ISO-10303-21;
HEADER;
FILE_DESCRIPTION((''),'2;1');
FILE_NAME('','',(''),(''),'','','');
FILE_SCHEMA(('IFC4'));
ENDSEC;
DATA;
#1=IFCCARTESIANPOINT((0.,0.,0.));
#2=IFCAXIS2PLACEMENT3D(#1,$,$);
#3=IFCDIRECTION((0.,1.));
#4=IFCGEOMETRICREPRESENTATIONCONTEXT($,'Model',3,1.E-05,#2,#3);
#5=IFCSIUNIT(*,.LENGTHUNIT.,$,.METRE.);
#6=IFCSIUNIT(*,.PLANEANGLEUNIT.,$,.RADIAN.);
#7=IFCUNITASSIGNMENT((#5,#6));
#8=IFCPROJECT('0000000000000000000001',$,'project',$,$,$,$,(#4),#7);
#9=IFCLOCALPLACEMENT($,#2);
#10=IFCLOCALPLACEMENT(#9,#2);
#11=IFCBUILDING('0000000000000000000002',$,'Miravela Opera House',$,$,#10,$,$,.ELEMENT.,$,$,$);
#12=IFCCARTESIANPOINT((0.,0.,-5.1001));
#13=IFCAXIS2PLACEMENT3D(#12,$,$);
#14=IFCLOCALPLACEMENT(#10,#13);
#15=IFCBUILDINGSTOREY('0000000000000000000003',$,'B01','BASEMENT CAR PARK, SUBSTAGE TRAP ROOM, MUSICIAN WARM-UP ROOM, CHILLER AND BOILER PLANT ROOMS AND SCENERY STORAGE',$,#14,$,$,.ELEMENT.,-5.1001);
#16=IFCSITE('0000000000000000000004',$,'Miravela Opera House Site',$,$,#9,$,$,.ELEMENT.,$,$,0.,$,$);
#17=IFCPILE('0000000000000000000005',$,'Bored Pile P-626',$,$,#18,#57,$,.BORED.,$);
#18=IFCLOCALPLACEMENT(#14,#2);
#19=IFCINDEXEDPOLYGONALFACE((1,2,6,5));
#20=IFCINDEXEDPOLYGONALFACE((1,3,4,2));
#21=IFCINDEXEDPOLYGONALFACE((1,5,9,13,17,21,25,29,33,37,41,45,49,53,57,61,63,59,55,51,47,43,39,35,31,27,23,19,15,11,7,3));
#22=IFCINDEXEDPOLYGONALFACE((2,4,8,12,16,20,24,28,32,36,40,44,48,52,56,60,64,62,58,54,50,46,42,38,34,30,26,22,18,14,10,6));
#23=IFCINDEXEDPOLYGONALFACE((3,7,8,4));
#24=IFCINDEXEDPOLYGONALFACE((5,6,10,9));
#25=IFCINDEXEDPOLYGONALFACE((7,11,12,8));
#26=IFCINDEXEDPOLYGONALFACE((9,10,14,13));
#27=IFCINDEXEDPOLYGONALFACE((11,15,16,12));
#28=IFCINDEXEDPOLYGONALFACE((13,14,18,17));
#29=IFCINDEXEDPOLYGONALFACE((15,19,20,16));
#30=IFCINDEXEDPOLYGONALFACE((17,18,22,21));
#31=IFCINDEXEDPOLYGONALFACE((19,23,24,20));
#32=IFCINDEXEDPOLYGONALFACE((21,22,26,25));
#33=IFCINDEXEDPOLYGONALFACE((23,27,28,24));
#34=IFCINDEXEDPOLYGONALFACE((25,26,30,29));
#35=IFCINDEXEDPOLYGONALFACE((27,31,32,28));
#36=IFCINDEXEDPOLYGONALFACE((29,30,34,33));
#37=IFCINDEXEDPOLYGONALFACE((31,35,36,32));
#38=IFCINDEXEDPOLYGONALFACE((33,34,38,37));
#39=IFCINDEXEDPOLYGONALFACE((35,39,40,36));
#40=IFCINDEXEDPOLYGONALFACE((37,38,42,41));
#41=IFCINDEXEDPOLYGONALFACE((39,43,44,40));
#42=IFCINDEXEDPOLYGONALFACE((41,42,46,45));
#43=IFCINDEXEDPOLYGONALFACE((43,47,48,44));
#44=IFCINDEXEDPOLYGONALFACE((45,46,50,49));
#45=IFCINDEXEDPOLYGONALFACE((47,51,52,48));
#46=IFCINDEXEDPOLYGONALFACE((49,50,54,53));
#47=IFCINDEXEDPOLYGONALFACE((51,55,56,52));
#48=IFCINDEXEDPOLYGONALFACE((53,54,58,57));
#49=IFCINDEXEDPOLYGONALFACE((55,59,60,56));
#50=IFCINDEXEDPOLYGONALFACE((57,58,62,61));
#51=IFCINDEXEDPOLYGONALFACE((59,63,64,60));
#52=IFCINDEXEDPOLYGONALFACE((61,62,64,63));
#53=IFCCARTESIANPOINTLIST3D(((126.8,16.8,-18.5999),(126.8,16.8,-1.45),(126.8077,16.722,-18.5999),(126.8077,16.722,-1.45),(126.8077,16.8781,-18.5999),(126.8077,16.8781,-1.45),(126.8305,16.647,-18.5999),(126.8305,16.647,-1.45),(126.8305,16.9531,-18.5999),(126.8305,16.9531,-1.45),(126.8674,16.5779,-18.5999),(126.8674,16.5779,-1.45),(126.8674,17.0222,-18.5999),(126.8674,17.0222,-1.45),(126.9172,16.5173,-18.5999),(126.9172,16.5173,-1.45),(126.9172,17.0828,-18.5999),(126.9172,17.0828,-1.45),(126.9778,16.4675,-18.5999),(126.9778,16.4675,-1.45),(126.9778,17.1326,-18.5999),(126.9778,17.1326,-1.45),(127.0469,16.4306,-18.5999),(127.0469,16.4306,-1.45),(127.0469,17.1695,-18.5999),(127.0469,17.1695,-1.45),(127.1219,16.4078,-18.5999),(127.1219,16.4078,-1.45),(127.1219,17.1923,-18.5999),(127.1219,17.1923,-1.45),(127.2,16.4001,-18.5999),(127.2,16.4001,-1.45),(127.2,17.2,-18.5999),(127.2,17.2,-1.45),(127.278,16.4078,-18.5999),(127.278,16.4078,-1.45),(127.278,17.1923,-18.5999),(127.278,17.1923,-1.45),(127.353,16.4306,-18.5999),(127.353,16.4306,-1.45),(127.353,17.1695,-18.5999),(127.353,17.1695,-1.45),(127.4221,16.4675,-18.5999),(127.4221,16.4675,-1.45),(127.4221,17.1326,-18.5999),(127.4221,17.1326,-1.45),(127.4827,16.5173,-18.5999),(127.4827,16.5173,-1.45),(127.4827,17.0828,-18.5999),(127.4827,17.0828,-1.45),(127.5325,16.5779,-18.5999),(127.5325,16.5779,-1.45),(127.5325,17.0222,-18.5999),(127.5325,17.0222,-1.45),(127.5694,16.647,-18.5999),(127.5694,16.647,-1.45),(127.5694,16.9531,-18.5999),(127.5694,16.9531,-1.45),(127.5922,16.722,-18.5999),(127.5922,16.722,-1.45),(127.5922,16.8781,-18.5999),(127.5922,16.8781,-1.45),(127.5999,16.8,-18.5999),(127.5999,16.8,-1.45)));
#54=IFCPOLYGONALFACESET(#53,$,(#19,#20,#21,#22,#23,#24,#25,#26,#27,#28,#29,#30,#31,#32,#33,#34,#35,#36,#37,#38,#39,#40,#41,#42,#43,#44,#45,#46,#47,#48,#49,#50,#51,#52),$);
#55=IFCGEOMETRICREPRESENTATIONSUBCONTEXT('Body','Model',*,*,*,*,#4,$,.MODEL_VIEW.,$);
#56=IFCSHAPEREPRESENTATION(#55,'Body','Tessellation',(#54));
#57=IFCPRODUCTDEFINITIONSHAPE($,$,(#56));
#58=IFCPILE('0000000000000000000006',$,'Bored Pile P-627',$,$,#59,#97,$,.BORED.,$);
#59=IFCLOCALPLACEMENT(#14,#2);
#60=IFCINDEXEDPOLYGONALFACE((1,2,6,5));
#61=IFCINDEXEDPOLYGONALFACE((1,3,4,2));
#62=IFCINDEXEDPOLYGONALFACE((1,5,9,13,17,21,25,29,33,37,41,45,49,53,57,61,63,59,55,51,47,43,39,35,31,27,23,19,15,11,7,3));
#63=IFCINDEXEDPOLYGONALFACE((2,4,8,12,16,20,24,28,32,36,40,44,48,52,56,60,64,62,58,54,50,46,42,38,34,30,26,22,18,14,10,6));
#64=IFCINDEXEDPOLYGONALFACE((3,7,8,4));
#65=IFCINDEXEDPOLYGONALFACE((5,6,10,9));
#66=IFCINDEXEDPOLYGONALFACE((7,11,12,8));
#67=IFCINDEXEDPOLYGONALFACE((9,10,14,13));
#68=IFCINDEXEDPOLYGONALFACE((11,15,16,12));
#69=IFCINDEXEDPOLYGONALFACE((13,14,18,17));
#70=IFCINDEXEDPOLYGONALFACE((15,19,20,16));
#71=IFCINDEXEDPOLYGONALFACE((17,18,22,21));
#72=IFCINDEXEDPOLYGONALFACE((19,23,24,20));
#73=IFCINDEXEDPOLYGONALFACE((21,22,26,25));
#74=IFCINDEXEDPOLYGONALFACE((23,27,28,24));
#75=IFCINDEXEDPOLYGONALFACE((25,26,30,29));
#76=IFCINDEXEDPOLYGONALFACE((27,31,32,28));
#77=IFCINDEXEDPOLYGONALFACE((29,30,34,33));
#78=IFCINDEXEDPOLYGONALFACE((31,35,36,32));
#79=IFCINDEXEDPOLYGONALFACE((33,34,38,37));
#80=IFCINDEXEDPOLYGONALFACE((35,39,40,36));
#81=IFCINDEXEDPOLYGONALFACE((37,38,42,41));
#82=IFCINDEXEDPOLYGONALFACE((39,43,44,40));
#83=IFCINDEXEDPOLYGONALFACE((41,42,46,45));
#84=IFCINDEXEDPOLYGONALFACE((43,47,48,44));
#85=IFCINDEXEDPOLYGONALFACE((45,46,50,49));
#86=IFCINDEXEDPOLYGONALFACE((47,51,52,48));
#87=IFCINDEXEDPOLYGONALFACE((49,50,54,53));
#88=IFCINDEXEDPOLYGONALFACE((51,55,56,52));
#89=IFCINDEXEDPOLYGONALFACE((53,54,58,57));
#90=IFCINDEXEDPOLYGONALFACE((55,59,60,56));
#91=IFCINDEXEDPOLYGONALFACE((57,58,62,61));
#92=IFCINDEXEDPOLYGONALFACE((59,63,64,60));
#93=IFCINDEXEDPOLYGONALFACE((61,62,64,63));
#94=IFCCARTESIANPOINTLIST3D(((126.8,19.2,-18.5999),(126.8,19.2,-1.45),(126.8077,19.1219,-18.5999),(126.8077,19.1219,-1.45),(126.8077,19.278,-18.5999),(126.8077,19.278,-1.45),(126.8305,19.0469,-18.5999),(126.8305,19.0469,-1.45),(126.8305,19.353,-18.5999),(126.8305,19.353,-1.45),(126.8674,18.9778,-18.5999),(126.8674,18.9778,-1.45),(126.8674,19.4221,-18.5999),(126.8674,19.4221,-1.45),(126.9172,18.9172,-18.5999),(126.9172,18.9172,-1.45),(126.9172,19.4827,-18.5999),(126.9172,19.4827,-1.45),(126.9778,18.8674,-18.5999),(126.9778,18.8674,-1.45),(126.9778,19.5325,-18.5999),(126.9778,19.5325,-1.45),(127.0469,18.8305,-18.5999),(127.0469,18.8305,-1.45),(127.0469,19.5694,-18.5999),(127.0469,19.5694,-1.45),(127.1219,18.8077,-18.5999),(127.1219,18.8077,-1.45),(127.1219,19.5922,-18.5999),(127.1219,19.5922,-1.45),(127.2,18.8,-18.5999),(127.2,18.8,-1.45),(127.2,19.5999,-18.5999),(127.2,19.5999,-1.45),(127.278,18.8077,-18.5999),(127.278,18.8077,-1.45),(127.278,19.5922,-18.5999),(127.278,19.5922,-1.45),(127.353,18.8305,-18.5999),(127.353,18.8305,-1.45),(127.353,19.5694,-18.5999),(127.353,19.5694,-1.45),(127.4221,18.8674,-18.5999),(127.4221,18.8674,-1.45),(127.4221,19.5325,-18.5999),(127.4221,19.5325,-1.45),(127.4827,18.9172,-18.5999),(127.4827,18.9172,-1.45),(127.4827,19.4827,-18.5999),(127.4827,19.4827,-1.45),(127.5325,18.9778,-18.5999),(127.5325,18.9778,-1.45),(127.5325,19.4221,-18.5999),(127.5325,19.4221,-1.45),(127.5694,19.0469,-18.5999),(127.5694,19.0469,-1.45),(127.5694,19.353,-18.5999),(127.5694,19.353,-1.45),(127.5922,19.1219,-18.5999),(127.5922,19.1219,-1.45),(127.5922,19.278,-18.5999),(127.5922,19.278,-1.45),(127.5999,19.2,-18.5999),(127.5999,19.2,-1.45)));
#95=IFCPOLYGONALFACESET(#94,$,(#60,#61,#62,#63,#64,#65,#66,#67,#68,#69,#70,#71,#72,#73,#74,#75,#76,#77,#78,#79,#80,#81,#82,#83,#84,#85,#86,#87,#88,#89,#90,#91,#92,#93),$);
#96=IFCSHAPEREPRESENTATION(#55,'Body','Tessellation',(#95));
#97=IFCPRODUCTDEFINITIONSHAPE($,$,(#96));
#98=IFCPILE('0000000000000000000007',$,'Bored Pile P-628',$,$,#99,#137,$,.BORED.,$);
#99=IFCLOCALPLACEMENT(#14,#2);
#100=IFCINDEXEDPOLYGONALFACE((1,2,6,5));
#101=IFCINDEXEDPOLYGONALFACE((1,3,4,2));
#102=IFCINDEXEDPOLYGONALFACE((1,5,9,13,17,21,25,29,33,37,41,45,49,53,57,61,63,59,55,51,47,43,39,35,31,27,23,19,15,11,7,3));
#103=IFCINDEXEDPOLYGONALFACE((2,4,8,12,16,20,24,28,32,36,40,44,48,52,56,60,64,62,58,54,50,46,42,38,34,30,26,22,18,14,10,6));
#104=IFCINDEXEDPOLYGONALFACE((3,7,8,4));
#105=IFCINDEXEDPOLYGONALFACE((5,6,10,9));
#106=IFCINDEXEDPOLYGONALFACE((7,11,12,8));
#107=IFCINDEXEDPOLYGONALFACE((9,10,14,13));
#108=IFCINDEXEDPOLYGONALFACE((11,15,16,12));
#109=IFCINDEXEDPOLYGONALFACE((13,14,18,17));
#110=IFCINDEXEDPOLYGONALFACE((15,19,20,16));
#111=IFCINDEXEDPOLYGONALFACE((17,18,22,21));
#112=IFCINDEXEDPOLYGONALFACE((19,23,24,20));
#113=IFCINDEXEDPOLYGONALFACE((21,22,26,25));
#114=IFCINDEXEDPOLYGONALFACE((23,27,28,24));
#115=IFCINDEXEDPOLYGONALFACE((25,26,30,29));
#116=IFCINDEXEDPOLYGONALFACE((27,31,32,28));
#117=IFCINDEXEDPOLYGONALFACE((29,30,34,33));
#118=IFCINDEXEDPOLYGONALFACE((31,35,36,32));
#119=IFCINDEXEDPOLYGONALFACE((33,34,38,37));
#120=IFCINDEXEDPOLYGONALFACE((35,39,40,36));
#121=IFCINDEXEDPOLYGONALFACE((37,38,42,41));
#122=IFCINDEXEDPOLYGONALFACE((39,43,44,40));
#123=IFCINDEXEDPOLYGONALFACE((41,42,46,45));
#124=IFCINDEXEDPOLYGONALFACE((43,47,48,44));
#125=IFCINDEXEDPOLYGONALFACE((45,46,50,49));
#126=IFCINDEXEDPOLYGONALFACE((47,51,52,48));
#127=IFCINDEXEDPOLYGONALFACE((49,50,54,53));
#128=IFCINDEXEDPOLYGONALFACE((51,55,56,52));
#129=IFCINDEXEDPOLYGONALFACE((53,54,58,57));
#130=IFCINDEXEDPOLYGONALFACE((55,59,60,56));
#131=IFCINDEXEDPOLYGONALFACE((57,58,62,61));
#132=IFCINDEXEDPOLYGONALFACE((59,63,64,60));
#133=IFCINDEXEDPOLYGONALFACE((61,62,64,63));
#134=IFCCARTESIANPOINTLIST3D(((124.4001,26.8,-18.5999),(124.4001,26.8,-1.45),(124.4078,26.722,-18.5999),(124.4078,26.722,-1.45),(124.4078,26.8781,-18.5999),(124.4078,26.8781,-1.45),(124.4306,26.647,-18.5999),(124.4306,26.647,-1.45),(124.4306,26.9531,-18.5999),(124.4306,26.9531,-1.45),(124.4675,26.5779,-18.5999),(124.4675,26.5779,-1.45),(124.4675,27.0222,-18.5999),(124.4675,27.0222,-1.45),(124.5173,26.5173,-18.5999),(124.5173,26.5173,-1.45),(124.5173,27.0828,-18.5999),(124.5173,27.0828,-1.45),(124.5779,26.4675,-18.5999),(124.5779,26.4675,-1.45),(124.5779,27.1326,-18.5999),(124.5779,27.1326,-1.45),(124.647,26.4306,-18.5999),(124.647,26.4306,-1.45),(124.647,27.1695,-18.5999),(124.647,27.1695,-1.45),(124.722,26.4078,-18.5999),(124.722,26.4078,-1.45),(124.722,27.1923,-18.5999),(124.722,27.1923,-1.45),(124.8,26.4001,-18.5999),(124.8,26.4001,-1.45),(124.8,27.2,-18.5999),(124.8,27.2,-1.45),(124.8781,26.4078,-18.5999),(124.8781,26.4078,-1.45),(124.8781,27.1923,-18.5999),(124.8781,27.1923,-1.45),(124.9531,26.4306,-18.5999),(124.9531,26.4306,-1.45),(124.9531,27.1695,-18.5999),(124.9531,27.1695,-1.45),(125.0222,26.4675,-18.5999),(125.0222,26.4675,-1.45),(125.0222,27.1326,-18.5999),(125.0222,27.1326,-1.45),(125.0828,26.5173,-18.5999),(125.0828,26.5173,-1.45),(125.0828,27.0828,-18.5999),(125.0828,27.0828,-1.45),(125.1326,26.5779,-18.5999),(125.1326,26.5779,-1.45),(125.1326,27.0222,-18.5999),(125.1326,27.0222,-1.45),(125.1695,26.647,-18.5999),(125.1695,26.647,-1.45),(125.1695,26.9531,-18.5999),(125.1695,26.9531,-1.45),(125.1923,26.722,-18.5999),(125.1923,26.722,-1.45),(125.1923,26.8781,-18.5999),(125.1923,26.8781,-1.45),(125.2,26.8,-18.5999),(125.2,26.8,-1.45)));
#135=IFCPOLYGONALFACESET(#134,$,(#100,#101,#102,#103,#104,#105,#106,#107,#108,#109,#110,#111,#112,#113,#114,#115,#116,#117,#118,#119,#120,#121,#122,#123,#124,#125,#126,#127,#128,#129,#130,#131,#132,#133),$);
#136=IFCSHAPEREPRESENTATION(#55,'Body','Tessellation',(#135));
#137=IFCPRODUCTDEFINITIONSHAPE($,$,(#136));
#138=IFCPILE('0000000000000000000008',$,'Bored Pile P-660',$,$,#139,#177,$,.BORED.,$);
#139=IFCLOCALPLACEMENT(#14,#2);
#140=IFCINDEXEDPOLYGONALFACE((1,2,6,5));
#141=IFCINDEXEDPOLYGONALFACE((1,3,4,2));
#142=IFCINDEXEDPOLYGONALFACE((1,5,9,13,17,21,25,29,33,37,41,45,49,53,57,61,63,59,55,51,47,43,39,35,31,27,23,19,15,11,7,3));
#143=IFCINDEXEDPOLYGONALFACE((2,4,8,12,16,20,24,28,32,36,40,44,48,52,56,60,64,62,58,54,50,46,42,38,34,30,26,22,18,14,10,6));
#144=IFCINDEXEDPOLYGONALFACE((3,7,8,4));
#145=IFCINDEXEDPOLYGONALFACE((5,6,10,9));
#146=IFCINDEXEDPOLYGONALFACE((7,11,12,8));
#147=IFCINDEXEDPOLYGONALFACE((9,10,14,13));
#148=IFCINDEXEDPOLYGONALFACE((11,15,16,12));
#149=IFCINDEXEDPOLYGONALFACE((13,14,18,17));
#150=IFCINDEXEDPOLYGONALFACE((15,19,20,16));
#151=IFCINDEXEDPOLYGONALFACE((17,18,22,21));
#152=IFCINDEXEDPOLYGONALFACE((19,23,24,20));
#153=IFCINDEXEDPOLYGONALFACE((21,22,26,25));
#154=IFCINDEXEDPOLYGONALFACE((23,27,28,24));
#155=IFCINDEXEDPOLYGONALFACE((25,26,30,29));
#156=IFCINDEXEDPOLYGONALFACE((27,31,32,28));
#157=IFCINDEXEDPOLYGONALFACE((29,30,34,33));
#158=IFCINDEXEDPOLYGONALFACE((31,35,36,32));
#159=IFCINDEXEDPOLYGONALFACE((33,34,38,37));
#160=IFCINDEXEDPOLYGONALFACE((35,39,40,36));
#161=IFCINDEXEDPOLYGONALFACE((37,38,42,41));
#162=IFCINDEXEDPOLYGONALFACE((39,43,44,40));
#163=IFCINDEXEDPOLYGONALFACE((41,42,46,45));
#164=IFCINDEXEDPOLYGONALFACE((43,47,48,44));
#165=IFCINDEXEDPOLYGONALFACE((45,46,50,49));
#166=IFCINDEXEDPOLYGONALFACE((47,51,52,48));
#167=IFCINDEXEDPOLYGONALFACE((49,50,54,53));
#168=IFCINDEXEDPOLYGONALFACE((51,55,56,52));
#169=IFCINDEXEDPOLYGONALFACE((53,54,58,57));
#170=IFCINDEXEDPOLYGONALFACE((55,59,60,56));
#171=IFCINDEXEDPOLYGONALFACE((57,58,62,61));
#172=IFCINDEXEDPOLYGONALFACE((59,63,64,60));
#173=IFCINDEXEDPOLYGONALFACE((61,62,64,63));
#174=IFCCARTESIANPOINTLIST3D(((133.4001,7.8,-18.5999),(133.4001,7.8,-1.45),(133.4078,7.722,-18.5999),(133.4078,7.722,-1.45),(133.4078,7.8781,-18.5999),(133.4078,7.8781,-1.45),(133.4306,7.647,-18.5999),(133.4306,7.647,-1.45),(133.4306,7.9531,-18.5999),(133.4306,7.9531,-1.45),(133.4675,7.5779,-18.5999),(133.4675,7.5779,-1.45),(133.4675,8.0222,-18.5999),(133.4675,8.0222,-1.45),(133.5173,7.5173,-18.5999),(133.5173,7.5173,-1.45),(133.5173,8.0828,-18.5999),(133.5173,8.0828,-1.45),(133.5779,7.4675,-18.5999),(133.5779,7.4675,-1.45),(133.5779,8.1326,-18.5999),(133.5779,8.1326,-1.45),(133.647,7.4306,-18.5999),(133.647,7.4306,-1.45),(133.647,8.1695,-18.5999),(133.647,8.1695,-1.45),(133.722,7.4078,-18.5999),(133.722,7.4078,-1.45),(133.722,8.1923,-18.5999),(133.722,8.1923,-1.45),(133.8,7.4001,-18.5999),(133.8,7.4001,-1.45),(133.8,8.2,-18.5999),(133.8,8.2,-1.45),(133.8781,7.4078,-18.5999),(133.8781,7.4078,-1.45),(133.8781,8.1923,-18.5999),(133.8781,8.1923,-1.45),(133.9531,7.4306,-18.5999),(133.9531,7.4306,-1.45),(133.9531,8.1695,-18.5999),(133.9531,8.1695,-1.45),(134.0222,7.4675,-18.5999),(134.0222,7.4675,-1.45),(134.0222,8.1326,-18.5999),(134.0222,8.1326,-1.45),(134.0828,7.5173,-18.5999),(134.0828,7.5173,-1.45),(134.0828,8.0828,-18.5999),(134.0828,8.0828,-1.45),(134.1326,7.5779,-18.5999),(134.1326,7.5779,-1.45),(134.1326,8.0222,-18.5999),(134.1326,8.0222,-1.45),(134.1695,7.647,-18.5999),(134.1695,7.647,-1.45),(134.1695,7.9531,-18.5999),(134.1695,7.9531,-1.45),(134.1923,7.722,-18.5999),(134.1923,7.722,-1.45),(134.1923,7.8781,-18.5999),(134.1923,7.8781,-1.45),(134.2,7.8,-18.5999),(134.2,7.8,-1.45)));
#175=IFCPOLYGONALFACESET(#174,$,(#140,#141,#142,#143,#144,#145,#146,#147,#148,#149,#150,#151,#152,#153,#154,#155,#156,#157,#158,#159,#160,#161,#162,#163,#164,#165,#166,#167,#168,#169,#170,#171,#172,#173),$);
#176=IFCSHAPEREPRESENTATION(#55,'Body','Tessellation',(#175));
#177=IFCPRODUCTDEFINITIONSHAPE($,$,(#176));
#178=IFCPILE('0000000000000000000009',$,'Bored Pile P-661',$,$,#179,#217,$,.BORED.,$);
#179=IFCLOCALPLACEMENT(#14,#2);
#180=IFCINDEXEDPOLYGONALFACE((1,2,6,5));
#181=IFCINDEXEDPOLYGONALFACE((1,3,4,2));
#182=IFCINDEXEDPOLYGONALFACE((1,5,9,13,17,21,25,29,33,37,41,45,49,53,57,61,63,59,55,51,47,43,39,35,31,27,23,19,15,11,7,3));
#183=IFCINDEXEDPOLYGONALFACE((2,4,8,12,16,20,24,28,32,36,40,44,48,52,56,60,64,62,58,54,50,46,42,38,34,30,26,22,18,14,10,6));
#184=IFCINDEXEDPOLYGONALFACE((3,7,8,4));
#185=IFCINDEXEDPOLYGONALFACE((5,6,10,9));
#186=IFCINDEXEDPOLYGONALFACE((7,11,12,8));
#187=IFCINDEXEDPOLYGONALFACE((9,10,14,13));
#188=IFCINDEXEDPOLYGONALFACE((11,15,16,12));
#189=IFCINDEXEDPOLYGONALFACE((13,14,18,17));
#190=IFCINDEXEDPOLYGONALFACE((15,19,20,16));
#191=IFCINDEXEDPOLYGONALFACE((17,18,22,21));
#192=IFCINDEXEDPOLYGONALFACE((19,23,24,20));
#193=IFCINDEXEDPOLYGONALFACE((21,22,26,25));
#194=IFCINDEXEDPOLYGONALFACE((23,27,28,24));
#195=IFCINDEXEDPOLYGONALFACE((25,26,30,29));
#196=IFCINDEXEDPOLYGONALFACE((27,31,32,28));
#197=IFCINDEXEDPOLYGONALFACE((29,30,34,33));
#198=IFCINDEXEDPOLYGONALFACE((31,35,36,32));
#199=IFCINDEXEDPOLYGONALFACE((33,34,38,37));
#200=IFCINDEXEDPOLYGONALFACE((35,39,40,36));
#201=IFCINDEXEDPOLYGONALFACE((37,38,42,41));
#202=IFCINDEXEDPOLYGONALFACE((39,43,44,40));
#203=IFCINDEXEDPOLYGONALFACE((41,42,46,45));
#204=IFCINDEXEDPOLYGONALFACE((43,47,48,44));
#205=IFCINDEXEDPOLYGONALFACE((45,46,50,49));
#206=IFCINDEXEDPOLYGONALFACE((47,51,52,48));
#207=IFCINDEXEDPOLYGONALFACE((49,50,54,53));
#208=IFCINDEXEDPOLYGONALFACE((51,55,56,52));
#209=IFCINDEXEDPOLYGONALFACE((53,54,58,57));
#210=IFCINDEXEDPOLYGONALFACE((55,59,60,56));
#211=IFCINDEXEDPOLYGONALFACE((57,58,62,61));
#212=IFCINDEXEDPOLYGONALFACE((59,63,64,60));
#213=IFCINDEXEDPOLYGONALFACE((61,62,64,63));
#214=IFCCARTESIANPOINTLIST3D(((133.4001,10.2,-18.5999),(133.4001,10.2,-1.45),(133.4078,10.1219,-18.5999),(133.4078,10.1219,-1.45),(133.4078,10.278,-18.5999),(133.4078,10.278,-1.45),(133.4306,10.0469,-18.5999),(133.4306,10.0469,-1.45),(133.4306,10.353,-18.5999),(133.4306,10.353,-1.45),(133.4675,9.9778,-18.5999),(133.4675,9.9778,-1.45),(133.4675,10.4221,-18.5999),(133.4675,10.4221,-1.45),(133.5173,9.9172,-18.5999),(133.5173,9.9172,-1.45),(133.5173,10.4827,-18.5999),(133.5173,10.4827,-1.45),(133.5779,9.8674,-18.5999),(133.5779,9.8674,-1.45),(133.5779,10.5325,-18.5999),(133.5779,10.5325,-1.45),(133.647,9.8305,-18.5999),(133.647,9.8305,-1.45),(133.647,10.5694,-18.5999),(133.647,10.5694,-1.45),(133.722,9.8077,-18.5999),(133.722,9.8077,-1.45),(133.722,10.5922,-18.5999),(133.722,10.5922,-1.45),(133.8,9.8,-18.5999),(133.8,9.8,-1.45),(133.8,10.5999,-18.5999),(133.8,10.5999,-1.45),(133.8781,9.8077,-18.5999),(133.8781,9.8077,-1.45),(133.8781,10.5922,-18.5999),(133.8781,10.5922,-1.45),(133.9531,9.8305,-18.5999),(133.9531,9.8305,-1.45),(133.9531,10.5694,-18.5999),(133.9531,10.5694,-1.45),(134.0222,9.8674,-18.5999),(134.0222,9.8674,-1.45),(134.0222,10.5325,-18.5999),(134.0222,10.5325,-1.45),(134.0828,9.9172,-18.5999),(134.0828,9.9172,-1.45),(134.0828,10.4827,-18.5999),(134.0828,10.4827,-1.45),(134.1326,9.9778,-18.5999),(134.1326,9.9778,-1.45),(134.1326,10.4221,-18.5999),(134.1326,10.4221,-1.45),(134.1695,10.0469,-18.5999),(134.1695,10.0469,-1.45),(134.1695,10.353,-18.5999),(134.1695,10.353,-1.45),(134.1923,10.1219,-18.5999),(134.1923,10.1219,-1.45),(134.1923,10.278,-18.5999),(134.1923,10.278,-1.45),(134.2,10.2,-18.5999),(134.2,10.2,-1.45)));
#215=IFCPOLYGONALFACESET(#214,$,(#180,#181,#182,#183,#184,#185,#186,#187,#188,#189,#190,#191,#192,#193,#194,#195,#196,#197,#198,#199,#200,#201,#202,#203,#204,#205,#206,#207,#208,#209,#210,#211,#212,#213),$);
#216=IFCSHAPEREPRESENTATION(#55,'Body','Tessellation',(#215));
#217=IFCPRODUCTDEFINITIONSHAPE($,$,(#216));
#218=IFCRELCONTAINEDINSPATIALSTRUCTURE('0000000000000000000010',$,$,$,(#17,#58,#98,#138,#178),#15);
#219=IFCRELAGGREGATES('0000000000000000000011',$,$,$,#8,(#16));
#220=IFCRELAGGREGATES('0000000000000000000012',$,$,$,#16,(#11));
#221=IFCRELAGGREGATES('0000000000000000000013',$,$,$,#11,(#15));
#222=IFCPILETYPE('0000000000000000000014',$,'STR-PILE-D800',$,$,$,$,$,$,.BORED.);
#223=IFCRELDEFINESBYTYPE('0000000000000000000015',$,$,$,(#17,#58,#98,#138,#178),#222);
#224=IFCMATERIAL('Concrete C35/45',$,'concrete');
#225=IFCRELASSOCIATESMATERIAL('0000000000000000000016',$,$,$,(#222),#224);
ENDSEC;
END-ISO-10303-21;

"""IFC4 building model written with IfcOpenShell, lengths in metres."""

from ifc_helpers import new_model, si_unit, direction, frame, origin, origin_2d, place, context, subcontext, project, spatial, circle, extrude, material, material_profile, profile_set, type_object, element, save


model = new_model("IFC4")

# Units and contexts
model_context = context("Model", 3, precision=1e-05, world=origin(), true_north=direction((0.0, 1.0)))
body_context = subcontext(model_context, "Body", "Model", "MODEL_VIEW")
ifc_project = project(units=[si_unit("LENGTHUNIT", "METRE"), si_unit("PLANEANGLEUNIT", "RADIAN")], contexts=[model_context])

# Site, building, storey
site_placement = place(None, origin())
site = spatial("IfcSite", under=ifc_project, at=site_placement, Name="Miravela Opera House Site", CompositionType="ELEMENT", RefElevation=0.0)
building_placement = place(site_placement, origin())
building = spatial("IfcBuilding", under=site, at=building_placement, Name="Miravela Opera House", CompositionType="ELEMENT")
storey_placement = place(building_placement, frame((0.0, 0.0, -5.1001)))
storey = spatial("IfcBuildingStorey", under=building, at=storey_placement, Name="B01", Description="BASEMENT CAR PARK, SUBSTAGE TRAP ROOM, MUSICIAN WARM-UP ROOM, CHILLER AND BOILER PLANT ROOMS AND SCENERY STORAGE", CompositionType="ELEMENT", Elevation=-5.1001)

# Shared definitions
ifc_material_1 = material(Name="Concrete C35/45", Category="concrete")

# Piles
ifc_material_profile_1 = material_profile(ifc_material_1, circle(Radius=0.3999, at=origin_2d()), Name="PILE-D800")
ifc_profile_set_1 = profile_set([ifc_material_profile_1])
pile_type_1 = type_object("IfcPileType", Name="STR-PILE-D800", PredefinedType="BORED", material=ifc_profile_set_1)
for number, where, z_axis, x_axis, name in (
    (1, (127.2, 16.8, -1.45), (0.0, 0.0, -1.0), (1.0, 0.0, 0.0), "Bored Pile P-626"),
    (2, (127.2, 19.2, -1.45), (0.0, 0.0, -1.0), (1.0, 0.0, 0.0), "Bored Pile P-627"),
    (3, (124.8, 26.8, -1.45), (0.0, 0.0, -1.0), (1.0, 0.0, 0.0), "Bored Pile P-628"),
    (4, (133.8, 7.8, -1.45), (0.0, 0.0, -1.0), (1.0, 0.0, 0.0), "Bored Pile P-660"),
    (5, (133.8, 10.2, -1.45), (0.0, 0.0, -1.0), (1.0, 0.0, 0.0), "Bored Pile P-661"),
):
    element("IfcPile", number, at=place(storey_placement, frame(where, z_axis=z_axis, x_axis=x_axis)), inside=storey, type_object=pile_type_1, Name=name, PredefinedType="BORED", context=body_context, shape_type="SweptSolid", body=[
        extrude(circle(Radius=0.3999, at=origin_2d()), origin(), (0.0, 0.0, 1.0), 17.1499),
    ])

save(model, "model.ifc")
